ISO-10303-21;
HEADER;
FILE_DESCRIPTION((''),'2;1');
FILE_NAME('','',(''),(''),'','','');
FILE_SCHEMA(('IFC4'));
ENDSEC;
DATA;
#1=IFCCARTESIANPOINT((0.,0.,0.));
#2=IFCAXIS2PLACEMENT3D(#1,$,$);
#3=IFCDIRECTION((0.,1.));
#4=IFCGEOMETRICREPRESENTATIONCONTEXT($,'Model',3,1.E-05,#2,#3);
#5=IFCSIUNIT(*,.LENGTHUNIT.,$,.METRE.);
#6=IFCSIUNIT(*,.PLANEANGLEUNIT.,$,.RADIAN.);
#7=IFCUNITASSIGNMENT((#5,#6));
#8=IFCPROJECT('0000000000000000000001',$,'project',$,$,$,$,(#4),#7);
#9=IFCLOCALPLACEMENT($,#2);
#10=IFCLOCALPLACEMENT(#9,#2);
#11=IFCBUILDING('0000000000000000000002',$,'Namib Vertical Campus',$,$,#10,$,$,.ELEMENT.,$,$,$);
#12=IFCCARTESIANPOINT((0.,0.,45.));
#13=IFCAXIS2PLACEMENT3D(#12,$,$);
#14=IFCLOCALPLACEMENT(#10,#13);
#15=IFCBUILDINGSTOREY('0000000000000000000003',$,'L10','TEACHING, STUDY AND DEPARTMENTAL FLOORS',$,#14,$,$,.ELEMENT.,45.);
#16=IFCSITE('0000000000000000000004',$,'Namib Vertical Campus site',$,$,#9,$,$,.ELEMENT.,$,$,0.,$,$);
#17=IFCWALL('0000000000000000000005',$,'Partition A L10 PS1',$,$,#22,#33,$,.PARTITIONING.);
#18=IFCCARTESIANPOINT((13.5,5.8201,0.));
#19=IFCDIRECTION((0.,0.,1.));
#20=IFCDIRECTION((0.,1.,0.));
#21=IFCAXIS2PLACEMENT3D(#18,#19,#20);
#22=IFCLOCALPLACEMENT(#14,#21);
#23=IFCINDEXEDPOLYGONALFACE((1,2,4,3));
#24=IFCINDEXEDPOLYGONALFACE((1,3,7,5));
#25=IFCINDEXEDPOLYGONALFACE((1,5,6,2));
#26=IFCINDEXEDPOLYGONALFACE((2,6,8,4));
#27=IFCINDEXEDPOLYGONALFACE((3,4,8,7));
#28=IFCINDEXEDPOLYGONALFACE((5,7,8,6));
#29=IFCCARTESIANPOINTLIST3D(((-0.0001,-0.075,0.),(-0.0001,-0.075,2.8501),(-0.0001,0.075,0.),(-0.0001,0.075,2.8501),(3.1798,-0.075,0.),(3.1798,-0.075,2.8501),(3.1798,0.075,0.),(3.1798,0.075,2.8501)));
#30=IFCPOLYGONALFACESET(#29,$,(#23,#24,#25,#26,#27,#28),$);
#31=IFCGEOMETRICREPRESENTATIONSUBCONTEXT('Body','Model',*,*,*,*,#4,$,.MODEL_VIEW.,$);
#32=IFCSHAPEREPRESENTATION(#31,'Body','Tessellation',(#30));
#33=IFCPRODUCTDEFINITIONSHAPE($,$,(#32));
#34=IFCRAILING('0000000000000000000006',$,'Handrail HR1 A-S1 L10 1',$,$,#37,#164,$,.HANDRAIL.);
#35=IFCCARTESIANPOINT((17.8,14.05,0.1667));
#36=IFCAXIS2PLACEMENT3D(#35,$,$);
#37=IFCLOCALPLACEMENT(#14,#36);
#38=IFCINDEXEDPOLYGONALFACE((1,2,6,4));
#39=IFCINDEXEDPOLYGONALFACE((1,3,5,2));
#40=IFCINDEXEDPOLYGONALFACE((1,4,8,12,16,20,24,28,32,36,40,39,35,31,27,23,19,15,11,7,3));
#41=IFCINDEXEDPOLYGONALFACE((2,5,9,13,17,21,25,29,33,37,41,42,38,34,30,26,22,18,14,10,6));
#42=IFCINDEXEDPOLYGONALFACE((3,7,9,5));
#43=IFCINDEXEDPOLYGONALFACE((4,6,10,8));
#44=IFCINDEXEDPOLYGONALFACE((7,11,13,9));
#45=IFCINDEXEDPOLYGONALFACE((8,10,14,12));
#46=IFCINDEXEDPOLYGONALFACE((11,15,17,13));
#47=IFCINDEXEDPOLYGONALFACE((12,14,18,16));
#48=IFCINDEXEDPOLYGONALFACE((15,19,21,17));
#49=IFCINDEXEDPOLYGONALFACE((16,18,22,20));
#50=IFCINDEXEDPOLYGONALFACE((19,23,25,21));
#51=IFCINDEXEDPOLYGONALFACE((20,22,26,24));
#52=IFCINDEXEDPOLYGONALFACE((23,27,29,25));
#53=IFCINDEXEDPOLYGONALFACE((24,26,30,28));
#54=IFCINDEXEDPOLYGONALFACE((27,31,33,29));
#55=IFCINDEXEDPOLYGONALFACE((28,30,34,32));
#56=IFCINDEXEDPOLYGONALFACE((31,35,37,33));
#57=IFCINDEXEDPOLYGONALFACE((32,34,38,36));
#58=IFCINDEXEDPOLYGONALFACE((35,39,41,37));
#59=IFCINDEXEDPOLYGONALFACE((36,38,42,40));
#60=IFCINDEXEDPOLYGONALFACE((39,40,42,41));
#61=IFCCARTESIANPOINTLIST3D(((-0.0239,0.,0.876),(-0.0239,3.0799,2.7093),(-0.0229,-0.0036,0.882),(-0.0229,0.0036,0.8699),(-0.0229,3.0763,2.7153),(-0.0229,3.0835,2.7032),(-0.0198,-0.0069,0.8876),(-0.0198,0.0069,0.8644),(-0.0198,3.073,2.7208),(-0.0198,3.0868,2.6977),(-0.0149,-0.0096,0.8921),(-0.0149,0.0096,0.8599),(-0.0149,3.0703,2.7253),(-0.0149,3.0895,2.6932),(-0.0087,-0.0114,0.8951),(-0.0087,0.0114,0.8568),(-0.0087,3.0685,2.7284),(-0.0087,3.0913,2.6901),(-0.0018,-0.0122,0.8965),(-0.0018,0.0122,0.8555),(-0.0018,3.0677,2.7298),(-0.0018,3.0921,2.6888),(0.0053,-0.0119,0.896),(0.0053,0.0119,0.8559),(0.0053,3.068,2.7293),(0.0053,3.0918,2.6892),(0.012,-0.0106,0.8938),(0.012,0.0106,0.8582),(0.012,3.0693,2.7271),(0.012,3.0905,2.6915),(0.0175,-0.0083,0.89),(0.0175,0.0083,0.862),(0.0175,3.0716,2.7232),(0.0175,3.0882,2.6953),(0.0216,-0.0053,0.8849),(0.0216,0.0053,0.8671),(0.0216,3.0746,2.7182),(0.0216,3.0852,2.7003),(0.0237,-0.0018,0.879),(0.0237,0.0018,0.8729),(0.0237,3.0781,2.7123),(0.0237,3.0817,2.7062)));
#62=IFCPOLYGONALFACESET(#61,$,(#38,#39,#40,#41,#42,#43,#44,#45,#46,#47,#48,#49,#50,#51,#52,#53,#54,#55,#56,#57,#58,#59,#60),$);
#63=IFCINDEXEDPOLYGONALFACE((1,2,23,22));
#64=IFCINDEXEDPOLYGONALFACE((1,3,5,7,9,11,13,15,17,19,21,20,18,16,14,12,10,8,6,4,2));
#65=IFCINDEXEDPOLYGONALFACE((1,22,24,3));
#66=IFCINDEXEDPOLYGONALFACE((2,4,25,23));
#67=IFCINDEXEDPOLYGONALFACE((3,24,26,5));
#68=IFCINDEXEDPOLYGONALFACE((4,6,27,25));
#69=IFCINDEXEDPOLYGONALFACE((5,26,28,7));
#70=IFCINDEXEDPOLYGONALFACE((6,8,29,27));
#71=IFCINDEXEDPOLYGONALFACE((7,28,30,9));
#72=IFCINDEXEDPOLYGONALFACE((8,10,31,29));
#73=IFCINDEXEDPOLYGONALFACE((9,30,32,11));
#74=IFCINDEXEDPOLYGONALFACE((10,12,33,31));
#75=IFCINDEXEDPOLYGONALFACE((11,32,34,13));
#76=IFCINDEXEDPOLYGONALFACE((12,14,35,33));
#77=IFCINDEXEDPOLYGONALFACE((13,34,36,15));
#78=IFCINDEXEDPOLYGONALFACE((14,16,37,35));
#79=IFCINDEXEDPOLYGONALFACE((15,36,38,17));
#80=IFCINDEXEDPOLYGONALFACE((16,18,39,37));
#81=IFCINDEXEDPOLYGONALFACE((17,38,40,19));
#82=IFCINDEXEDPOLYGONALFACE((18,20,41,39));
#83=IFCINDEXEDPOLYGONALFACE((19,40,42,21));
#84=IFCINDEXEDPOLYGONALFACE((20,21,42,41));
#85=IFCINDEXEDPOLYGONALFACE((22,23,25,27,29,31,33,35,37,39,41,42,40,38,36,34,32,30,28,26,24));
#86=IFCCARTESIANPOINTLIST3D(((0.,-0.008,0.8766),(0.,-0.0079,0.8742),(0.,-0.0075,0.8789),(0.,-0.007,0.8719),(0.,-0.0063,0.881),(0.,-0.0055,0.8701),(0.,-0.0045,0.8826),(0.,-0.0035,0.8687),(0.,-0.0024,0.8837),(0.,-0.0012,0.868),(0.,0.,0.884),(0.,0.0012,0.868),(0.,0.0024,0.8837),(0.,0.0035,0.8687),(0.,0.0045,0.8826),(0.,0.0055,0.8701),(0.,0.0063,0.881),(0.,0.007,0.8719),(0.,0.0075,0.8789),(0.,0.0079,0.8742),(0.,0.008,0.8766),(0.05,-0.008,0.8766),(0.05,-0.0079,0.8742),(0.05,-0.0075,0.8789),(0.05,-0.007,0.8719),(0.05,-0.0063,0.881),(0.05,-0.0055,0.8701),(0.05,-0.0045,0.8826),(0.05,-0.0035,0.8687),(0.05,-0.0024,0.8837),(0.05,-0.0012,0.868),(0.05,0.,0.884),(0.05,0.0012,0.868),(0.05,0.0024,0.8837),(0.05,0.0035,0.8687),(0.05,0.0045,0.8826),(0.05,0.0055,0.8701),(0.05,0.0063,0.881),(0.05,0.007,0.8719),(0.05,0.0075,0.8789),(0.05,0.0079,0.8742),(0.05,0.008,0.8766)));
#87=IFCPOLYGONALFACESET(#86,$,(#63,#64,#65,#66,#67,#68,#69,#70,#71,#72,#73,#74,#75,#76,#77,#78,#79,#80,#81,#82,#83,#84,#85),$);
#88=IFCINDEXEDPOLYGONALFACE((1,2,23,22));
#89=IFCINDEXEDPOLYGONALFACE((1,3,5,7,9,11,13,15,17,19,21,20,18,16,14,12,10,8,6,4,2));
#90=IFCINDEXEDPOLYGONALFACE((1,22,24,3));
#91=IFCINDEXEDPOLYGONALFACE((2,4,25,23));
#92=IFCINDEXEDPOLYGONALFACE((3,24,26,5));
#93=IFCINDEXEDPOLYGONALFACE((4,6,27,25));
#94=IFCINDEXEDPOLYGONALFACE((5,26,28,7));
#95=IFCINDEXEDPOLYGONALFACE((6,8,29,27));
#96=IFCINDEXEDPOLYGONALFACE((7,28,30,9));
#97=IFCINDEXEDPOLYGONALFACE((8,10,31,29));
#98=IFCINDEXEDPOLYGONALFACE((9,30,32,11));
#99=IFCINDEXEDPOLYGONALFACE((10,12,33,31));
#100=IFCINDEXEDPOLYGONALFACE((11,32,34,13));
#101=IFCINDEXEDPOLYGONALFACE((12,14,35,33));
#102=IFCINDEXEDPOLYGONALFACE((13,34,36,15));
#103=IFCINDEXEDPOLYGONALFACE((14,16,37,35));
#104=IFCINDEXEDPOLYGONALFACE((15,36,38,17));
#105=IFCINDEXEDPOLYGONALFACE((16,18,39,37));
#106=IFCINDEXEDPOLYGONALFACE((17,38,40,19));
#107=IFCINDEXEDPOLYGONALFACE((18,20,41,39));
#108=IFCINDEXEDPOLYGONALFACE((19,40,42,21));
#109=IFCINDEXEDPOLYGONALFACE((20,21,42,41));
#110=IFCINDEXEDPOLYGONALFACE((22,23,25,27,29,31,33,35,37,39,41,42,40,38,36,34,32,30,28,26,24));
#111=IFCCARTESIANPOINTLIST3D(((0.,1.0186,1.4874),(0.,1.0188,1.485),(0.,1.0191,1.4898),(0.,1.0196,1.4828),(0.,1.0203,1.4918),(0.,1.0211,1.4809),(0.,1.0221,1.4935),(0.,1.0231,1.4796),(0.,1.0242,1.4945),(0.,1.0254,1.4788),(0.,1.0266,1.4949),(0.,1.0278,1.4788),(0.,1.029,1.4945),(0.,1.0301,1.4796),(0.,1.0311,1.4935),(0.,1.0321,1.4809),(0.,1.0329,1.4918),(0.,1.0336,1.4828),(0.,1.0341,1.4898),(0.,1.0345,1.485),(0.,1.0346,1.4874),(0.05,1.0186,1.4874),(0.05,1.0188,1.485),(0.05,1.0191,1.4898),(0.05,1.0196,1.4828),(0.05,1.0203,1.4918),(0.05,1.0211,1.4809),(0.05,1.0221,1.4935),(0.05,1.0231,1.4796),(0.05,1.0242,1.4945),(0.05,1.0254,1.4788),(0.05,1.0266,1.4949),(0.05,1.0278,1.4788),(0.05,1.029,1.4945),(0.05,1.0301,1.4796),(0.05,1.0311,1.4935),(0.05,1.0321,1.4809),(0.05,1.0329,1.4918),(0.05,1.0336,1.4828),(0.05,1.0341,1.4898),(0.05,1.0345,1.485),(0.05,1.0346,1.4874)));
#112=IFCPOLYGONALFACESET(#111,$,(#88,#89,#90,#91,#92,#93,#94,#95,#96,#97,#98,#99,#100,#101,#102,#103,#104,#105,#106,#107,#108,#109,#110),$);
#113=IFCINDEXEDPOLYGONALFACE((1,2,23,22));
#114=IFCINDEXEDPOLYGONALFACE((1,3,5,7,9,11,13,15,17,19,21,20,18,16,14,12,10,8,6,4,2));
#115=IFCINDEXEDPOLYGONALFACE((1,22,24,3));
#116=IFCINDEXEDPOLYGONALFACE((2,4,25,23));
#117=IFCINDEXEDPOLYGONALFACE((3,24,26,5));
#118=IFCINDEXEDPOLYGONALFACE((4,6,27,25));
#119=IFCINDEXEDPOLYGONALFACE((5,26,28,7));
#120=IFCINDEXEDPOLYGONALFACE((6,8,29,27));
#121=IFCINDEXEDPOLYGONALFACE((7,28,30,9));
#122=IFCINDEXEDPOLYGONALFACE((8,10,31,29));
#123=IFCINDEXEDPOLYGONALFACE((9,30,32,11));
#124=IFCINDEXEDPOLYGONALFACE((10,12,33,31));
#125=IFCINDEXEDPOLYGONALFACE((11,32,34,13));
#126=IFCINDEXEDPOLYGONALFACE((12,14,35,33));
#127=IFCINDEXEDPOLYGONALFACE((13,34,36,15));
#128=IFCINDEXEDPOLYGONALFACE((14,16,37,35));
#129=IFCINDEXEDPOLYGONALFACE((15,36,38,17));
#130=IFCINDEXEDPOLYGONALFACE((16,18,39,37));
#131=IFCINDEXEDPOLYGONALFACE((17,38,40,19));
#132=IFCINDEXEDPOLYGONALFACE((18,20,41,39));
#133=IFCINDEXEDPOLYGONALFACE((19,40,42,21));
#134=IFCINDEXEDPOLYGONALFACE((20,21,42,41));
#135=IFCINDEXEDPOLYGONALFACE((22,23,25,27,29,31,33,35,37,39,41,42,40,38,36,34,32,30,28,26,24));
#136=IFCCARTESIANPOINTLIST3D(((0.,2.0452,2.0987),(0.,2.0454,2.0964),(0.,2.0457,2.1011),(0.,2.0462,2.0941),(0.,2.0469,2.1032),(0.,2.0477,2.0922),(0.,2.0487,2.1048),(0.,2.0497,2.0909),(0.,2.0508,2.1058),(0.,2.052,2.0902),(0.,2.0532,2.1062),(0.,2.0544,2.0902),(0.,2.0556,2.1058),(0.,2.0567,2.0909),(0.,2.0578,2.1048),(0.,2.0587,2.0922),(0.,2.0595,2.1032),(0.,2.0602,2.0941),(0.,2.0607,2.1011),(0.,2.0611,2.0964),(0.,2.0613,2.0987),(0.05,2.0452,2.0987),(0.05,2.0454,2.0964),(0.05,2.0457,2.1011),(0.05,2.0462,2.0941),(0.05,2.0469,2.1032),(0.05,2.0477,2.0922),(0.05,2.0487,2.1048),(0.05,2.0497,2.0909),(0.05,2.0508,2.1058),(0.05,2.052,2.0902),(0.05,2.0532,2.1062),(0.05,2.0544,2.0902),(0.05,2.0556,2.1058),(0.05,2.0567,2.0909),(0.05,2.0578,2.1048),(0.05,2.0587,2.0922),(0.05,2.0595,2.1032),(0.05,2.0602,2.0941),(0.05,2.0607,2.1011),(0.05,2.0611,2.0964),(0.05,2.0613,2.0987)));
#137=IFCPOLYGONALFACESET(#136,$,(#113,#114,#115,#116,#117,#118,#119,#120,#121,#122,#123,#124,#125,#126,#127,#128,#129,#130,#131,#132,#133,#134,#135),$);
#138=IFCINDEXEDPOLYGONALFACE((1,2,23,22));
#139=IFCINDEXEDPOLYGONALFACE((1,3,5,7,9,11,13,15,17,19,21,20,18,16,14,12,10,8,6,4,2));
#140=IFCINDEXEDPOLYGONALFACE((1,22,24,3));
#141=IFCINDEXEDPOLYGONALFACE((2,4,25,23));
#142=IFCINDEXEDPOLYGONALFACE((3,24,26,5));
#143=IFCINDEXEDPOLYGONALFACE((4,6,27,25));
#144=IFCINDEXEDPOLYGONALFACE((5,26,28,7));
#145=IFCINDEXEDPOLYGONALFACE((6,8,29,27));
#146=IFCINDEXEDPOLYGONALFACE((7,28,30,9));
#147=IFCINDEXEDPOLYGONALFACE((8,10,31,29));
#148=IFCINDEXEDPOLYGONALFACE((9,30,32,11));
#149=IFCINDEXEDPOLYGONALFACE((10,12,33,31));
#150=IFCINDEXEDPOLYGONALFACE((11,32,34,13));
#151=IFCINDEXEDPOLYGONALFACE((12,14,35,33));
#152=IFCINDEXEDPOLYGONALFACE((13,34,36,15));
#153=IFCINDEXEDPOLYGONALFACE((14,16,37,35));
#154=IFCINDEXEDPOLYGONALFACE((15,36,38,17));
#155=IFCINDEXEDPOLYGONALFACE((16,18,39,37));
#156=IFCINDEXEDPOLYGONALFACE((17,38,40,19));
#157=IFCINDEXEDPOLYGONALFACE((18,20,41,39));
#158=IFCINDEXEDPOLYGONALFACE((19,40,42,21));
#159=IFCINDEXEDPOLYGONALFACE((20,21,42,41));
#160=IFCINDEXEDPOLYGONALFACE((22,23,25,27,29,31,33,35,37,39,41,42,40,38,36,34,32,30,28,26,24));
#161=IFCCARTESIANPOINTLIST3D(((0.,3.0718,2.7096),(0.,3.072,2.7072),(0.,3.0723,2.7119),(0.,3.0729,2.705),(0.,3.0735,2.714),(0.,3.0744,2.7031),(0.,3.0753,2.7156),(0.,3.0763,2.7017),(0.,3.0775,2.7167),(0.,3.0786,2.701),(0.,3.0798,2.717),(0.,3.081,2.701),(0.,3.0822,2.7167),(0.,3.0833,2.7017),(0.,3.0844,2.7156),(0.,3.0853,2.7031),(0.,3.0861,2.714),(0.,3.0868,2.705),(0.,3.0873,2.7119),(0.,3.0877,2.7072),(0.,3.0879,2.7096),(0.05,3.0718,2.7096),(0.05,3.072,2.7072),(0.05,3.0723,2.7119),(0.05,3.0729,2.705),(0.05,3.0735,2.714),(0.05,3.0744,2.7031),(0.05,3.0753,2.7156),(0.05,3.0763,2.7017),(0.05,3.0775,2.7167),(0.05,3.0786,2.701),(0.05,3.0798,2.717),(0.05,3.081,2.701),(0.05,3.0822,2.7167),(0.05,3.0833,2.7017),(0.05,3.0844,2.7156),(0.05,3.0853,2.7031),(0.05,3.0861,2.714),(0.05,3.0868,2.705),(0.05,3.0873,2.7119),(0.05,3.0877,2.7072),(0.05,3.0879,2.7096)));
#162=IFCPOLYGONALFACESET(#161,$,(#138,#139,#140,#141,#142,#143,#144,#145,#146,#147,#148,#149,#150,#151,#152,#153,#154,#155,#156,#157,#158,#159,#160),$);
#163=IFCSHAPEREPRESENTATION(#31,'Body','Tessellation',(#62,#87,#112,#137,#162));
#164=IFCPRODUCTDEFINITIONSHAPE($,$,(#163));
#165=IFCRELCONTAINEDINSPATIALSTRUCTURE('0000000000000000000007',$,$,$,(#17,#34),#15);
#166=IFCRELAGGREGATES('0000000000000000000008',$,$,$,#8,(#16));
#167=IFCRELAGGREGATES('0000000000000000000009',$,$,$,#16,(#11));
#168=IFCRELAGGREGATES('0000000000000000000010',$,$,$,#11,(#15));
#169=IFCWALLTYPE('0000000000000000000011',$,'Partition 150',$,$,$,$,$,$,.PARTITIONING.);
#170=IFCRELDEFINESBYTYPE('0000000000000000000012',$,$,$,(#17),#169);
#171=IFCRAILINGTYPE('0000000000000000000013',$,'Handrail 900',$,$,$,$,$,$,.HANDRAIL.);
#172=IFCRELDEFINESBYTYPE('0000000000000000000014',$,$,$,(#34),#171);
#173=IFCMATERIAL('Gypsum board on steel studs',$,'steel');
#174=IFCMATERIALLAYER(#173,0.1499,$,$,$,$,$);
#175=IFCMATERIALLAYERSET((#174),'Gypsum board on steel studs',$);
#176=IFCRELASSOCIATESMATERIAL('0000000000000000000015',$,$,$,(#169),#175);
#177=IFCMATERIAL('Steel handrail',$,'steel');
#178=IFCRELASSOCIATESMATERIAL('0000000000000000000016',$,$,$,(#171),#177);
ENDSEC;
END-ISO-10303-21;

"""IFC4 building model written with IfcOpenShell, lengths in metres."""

from ifc_helpers import new_model, si_unit, direction, frame, frame_2d, origin, origin_2d, place, context, subcontext, project, spatial, rectangle, circle, extrude, material, layer, layer_set, type_object, element, save


model = new_model("IFC4")

# Units and contexts
model_context = context("Model", 3, precision=1e-05, world=origin(), true_north=direction((0.0, 1.0)))
body_context = subcontext(model_context, "Body", "Model", "MODEL_VIEW")
ifc_project = project(units=[si_unit("LENGTHUNIT", "METRE"), si_unit("PLANEANGLEUNIT", "RADIAN")], contexts=[model_context])

# Site, building, storey
site_placement = place(None, origin())
site = spatial("IfcSite", under=ifc_project, at=site_placement, Name="Namib Vertical Campus site", CompositionType="ELEMENT", RefElevation=0.0)
building_placement = place(site_placement, origin())
building = spatial("IfcBuilding", under=site, at=building_placement, Name="Namib Vertical Campus", CompositionType="ELEMENT")
storey_placement = place(building_placement, frame((0.0, 0.0, 45.0)))
storey = spatial("IfcBuildingStorey", under=building, at=storey_placement, Name="L10", Description="TEACHING, STUDY AND DEPARTMENTAL FLOORS", CompositionType="ELEMENT", Elevation=45.0)

# Wall
ifc_material_1 = material(Name="Gypsum board on steel studs", Category="steel")
ifc_layer_1 = layer(ifc_material_1, 0.1499)
ifc_layer_set_1 = layer_set([ifc_layer_1], Name="Gypsum board on steel studs")
wall_type_1 = type_object("IfcWallType", Name="Partition 150", PredefinedType="PARTITIONING", material=ifc_layer_set_1)
wall_1_placement = place(storey_placement, frame((13.5, 5.8201, 0.0), z_axis=(0.0, 0.0, 1.0), x_axis=(0.0, 1.0, 0.0)))
element("IfcWall", 1, at=wall_1_placement, inside=storey, type_object=wall_type_1, Name="Partition A L10 PS1", PredefinedType="PARTITIONING", context=body_context, shape_type="SweptSolid", body=[
    extrude(rectangle(XDim=3.1799, YDim=0.1499, at=frame_2d((1.5898, 0.0))), origin(), (0.0, 0.0, 1.0), 2.8501),
])

# Railing
ifc_material_2 = material(Name="Steel handrail", Category="steel")
railing_type_1 = type_object("IfcRailingType", Name="Handrail 900", PredefinedType="HANDRAIL", material=ifc_material_2)
railing_1_placement = place(storey_placement, frame((17.8, 14.05, 0.1667)))
element("IfcRailing", 2, at=railing_1_placement, inside=storey, type_object=railing_type_1, Name="Handrail HR1 A-S1 L10 1", PredefinedType="HANDRAIL", context=body_context, shape_type="SweptSolid", body=[
    extrude(circle(Radius=0.0239, at=origin_2d()), frame((0.0, 0.0, 0.876), z_axis=(0.0, 0.859291, 0.511487), x_axis=(-1.0, 0.0, 0.0)), (0.0, 0.0, 1.0), 3.5842),
    extrude(circle(Radius=0.0081, at=origin_2d()), frame((0.0, 0.0, 0.876), z_axis=(1.0, 0.0, 0.0), x_axis=(0.0, 0.0, 1.0)), (0.0, 0.0, 1.0), 0.05),
    extrude(circle(Radius=0.0081, at=origin_2d()), frame((0.0, 1.0266, 1.4868), z_axis=(1.0, 0.0, 0.0), x_axis=(0.0, 0.0, 1.0)), (0.0, 0.0, 1.0), 0.05),
    extrude(circle(Radius=0.0081, at=origin_2d()), frame((0.0, 2.0532, 2.0981), z_axis=(1.0, 0.0, 0.0), x_axis=(0.0, 0.0, 1.0)), (0.0, 0.0, 1.0), 0.05),
    extrude(circle(Radius=0.0081, at=origin_2d()), frame((0.0, 3.0798, 2.709), z_axis=(1.0, 0.0, 0.0), x_axis=(0.0, 0.0, 1.0)), (0.0, 0.0, 1.0), 0.05),
])

save(model, "model.ifc")
